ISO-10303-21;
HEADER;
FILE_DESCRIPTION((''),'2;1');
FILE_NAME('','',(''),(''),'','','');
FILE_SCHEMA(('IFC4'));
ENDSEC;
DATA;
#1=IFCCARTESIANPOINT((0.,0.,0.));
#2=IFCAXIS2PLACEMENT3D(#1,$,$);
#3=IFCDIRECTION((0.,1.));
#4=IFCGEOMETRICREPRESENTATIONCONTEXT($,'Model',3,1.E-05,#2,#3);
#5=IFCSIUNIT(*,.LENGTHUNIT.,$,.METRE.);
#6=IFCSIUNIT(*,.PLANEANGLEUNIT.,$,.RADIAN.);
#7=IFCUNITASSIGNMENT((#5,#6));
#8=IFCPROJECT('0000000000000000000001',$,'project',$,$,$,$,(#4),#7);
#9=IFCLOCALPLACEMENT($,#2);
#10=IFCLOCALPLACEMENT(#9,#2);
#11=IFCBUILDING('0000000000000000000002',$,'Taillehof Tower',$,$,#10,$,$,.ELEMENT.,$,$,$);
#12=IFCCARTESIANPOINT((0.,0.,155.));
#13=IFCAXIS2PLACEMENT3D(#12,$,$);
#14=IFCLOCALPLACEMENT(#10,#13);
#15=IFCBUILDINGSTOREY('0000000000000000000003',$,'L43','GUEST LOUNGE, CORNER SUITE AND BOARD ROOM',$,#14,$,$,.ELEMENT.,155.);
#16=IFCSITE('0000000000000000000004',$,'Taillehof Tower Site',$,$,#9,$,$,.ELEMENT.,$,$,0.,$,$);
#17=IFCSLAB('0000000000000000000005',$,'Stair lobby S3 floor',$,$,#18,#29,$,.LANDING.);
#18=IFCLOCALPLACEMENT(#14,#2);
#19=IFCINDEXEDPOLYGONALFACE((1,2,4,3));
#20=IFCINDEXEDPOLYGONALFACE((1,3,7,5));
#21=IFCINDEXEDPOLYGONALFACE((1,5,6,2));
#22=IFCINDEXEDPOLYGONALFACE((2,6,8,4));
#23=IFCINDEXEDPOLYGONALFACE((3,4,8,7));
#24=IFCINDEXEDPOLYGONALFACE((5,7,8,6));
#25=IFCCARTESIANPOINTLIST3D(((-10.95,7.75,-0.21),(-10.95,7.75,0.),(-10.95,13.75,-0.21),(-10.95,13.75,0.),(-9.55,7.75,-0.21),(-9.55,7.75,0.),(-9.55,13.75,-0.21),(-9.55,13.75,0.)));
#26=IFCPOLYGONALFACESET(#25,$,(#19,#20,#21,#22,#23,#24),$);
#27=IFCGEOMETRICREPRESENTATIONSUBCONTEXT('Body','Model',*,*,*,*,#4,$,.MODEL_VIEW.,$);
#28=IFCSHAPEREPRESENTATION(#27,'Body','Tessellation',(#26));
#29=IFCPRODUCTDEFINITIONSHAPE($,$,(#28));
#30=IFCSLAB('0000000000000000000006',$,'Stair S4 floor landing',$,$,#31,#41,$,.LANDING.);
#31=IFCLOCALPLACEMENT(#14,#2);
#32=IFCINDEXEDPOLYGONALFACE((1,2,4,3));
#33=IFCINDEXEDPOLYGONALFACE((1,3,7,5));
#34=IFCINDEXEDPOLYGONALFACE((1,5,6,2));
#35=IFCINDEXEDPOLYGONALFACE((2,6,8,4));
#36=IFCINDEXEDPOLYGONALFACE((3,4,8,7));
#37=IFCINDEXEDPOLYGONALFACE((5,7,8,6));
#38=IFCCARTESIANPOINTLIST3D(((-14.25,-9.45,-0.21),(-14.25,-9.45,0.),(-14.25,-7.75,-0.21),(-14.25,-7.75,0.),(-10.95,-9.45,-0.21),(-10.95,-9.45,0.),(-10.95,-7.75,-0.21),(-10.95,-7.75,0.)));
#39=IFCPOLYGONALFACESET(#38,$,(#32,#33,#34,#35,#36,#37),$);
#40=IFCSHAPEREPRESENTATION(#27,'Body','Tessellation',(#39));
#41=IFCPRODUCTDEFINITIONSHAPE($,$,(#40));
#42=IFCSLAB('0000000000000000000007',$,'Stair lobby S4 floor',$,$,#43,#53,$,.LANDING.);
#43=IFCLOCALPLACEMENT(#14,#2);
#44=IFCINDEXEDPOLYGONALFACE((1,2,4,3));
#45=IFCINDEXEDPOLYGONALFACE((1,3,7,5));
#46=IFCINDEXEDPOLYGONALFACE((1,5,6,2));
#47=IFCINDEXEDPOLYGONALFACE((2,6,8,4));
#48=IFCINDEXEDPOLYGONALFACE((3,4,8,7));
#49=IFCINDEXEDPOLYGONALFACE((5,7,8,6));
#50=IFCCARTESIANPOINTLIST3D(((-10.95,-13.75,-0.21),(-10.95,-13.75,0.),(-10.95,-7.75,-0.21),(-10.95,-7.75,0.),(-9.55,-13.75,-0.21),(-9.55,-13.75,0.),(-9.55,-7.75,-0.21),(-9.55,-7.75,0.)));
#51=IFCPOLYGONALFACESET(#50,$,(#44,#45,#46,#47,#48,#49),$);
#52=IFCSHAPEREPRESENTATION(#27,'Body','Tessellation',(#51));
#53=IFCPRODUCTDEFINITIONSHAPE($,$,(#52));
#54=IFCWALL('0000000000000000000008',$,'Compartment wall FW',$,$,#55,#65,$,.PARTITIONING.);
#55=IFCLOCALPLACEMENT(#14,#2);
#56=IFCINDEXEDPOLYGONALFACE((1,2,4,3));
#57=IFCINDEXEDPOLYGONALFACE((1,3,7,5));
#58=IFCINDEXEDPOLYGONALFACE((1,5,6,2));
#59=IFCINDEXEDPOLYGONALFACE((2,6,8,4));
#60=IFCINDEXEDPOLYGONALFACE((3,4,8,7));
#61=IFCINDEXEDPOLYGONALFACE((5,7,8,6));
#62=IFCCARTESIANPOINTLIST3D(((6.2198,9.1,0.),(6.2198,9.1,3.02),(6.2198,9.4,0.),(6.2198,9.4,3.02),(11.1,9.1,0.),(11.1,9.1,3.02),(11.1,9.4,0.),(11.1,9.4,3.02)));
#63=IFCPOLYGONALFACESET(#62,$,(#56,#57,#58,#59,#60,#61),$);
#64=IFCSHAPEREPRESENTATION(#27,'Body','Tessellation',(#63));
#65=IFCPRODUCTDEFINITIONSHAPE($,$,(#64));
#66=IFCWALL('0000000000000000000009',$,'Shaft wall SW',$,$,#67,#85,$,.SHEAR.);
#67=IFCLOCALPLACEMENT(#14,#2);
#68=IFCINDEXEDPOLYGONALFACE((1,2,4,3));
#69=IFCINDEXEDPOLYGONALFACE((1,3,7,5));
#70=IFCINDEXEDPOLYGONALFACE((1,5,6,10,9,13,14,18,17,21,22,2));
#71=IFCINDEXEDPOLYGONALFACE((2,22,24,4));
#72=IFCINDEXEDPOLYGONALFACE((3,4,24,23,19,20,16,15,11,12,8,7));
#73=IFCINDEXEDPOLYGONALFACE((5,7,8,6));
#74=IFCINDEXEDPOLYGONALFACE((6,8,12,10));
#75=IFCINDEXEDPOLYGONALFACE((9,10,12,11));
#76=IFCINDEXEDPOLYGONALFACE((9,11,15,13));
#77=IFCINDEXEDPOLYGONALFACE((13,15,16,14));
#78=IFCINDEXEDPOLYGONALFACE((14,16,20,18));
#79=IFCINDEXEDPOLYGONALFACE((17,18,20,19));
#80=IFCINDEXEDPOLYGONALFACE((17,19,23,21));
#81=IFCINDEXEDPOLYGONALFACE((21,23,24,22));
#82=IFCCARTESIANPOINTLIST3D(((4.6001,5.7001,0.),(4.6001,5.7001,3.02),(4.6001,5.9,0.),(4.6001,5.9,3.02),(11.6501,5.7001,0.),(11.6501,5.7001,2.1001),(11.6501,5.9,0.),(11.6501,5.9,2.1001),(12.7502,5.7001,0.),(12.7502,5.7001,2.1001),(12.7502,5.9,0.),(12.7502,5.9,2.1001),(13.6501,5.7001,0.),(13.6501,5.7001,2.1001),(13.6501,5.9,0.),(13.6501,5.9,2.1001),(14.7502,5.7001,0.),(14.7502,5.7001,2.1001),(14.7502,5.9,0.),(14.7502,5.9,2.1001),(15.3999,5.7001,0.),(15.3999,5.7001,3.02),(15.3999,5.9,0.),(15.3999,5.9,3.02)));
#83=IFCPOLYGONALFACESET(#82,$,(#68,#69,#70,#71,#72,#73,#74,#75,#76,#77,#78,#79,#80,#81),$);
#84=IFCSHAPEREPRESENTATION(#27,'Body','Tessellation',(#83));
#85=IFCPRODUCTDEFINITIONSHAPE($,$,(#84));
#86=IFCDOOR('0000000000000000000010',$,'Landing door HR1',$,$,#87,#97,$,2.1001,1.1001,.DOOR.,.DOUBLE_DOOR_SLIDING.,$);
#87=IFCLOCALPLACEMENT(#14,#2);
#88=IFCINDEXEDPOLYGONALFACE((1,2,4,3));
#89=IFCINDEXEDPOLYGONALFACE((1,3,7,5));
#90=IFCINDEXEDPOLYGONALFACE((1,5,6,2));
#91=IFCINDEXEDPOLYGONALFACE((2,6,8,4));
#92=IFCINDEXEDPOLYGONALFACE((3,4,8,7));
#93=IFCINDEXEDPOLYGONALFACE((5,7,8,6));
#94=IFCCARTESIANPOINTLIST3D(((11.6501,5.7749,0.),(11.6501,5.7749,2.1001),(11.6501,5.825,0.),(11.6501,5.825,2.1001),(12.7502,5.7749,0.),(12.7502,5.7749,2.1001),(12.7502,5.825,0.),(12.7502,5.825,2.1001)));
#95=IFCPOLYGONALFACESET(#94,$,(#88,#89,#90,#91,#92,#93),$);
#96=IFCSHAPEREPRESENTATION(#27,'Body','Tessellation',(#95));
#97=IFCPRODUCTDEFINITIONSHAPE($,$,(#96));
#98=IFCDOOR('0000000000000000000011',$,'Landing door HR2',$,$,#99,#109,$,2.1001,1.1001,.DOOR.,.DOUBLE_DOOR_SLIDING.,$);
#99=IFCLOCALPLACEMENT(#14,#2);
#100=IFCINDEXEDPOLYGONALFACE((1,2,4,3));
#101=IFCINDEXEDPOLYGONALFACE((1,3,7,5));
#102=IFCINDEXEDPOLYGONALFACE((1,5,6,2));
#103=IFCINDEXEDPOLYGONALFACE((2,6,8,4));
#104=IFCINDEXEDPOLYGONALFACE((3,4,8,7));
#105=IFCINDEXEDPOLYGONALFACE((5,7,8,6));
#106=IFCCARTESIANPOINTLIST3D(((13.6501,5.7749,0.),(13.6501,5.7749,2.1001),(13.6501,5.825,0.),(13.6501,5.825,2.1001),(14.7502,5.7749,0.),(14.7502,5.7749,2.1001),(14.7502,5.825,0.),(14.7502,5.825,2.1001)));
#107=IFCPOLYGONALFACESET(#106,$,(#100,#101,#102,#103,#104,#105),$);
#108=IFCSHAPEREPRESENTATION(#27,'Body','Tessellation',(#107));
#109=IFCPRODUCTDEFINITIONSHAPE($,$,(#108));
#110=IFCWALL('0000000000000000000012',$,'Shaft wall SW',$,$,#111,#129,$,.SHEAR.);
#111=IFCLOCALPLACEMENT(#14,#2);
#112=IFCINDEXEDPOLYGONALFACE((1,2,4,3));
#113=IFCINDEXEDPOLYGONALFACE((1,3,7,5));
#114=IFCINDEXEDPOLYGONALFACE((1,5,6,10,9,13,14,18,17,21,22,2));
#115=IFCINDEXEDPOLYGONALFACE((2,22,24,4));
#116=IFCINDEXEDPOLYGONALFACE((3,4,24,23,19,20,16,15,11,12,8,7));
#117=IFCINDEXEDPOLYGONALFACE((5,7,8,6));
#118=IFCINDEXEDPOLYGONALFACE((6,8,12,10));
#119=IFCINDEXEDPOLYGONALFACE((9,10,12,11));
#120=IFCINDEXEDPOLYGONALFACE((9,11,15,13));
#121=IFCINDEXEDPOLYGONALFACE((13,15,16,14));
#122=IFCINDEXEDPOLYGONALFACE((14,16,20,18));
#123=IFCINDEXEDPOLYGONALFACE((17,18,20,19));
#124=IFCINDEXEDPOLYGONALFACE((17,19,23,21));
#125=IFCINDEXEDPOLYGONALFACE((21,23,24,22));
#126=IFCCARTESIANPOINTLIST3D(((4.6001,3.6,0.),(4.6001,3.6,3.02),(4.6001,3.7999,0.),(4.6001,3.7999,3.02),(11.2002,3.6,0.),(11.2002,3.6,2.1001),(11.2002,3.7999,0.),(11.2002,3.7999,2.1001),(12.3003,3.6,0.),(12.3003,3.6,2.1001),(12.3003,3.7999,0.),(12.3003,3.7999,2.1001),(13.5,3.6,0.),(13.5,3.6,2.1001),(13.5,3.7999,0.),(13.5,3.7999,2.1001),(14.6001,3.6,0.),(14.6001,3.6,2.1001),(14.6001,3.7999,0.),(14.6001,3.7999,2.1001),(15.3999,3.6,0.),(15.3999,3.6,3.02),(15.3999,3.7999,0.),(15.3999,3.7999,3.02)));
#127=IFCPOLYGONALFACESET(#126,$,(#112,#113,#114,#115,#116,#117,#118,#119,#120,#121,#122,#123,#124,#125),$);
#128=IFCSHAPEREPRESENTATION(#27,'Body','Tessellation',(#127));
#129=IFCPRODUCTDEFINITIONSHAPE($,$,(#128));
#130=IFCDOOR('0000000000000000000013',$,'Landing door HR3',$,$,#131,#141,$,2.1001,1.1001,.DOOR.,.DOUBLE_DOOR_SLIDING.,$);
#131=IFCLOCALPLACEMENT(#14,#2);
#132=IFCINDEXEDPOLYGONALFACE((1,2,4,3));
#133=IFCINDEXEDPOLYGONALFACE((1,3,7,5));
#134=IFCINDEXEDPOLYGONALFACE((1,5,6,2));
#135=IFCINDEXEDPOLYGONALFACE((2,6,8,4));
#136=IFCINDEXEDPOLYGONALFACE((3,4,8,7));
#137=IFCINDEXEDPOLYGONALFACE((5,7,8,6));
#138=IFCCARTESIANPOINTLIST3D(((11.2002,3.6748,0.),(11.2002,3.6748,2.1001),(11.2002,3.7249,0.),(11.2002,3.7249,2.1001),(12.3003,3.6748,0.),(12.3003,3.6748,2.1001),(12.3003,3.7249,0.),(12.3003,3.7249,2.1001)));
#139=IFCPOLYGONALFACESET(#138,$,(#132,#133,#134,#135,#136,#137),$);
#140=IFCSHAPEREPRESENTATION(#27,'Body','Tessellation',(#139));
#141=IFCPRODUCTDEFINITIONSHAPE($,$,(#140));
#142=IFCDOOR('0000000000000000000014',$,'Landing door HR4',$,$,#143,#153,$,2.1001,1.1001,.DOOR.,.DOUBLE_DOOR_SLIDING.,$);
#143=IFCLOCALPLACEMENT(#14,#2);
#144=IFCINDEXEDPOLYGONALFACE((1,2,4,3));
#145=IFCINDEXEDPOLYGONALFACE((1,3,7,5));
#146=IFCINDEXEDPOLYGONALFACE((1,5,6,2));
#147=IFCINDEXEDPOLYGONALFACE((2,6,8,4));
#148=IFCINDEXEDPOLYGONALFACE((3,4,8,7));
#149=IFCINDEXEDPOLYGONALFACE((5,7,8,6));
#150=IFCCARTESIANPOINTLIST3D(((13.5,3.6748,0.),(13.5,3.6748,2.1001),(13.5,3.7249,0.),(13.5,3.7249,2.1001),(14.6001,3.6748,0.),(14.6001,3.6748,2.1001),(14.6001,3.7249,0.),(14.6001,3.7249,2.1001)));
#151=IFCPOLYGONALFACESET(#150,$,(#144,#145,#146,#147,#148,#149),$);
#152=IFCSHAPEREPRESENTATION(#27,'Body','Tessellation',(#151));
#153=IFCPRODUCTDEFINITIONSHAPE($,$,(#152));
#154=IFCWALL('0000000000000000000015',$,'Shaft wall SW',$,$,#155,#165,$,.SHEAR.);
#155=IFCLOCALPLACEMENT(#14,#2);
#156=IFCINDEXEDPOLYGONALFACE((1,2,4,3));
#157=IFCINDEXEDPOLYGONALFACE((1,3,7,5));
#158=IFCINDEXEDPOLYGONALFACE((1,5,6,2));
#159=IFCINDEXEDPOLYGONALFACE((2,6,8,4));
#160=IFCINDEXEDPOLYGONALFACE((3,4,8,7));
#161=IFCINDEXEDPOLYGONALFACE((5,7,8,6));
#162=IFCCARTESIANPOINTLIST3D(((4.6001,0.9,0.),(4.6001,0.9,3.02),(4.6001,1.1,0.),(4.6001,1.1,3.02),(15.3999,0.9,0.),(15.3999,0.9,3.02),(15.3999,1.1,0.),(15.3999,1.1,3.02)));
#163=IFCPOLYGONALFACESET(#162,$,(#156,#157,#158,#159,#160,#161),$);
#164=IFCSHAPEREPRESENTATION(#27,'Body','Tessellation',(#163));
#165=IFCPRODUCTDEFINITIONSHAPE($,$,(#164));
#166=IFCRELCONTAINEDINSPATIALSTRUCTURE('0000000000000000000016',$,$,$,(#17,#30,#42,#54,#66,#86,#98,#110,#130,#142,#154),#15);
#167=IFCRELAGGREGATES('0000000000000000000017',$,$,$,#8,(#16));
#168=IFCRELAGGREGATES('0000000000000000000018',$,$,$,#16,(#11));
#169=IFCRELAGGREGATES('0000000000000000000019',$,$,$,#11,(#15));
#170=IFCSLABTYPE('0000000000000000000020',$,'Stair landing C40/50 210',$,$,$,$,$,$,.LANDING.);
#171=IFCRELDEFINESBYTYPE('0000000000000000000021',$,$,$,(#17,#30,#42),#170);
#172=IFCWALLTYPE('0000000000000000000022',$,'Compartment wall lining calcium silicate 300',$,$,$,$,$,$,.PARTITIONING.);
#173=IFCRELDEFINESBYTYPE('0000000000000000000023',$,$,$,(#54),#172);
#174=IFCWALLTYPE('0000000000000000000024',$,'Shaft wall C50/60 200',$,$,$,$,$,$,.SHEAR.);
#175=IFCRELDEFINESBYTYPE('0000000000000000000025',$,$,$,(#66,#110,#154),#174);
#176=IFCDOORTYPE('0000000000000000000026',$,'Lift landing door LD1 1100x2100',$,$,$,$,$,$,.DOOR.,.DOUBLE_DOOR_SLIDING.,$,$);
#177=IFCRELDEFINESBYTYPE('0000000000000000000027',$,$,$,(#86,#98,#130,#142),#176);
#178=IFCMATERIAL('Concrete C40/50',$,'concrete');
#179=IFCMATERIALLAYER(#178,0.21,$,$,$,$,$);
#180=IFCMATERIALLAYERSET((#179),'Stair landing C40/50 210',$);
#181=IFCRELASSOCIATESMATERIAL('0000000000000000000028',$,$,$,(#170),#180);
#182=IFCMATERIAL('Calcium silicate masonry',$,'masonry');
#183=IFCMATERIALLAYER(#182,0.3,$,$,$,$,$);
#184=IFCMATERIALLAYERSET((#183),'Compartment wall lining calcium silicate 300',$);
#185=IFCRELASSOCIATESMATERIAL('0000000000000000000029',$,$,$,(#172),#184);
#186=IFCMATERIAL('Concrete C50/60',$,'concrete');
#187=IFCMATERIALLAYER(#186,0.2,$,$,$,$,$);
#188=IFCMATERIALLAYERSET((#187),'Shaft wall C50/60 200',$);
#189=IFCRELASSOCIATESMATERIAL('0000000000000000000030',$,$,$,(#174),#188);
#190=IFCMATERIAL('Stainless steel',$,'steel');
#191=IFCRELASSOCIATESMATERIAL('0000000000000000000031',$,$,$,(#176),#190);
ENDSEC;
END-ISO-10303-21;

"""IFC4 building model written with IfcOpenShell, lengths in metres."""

from ifc_helpers import new_model, si_unit, direction, frame, frame_2d, origin, place, context, subcontext, project, spatial, polyline, rectangle, outline, extrude, material, layer, layer_set, type_object, element, fill, save


model = new_model("IFC4")

# Units and contexts
model_context = context("Model", 3, precision=1e-05, world=origin(), true_north=direction((0.0, 1.0)))
body_context = subcontext(model_context, "Body", "Model", "MODEL_VIEW")
ifc_project = project(units=[si_unit("LENGTHUNIT", "METRE"), si_unit("PLANEANGLEUNIT", "RADIAN")], contexts=[model_context])

# Site, building, storey
site_placement = place(None, origin())
site = spatial("IfcSite", under=ifc_project, at=site_placement, Name="Taillehof Tower Site", CompositionType="ELEMENT", RefElevation=0.0)
building_placement = place(site_placement, origin())
building = spatial("IfcBuilding", under=site, at=building_placement, Name="Taillehof Tower", CompositionType="ELEMENT")
storey_placement = place(building_placement, frame((0.0, 0.0, 155.0)))
storey = spatial("IfcBuildingStorey", under=building, at=storey_placement, Name="L43", Description="GUEST LOUNGE, CORNER SUITE AND BOARD ROOM", CompositionType="ELEMENT", Elevation=155.0)

# Shared definitions
ifc_material_1 = material(Name="Concrete C40/50", Category="concrete")
ifc_layer_1 = layer(ifc_material_1, 0.21)
ifc_layer_set_1 = layer_set([ifc_layer_1], Name="Stair landing C40/50 210")
slab_type_1 = type_object("IfcSlabType", Name="Stair landing C40/50 210", PredefinedType="LANDING", material=ifc_layer_set_1)

# Slabs
slab_1_placement = place(storey_placement, frame((0.0, 0.0, -0.21)))
element("IfcSlab", 1, at=slab_1_placement, inside=storey, type_object=slab_type_1, Name="Stair lobby S3 floor", PredefinedType="LANDING", context=body_context, shape_type="SweptSolid", body=[
    extrude(outline(polyline([(-10.95, 7.75), (-9.55, 7.75), (-9.55, 13.75), (-10.95, 13.75), (-10.95, 7.75)])), origin(), (0.0, 0.0, 1.0), 0.21),
])
slab_2_placement = place(storey_placement, frame((0.0, 0.0, -0.21)))
element("IfcSlab", 2, at=slab_2_placement, inside=storey, type_object=slab_type_1, Name="Stair S4 floor landing", PredefinedType="LANDING", context=body_context, shape_type="SweptSolid", body=[
    extrude(outline(polyline([(-14.25, -7.75), (-14.25, -9.45), (-10.95, -9.45), (-10.95, -7.75), (-14.25, -7.75)])), origin(), (0.0, 0.0, 1.0), 0.21),
])
slab_3_placement = place(storey_placement, frame((0.0, 0.0, -0.21)))
element("IfcSlab", 3, at=slab_3_placement, inside=storey, type_object=slab_type_1, Name="Stair lobby S4 floor", PredefinedType="LANDING", context=body_context, shape_type="SweptSolid", body=[
    extrude(outline(polyline([(-10.95, -13.75), (-9.55, -13.75), (-9.55, -7.75), (-10.95, -7.75), (-10.95, -13.75)])), origin(), (0.0, 0.0, 1.0), 0.21),
])

# Wall
ifc_material_2 = material(Name="Calcium silicate masonry", Category="masonry")
ifc_layer_2 = layer(ifc_material_2, 0.3)
ifc_layer_set_2 = layer_set([ifc_layer_2], Name="Compartment wall lining calcium silicate 300")
wall_type_1 = type_object("IfcWallType", Name="Compartment wall lining calcium silicate 300", PredefinedType="PARTITIONING", material=ifc_layer_set_2)
wall_1_placement = place(storey_placement, frame((6.22, 9.25, 0.0), z_axis=(0.0, 0.0, 1.0), x_axis=(1.0, 0.0, 0.0)))
element("IfcWall", 4, at=wall_1_placement, inside=storey, type_object=wall_type_1, Name="Compartment wall FW", PredefinedType="PARTITIONING", context=body_context, shape_type="SweptSolid", body=[
    extrude(rectangle(XDim=4.8801, YDim=0.3, at=frame_2d((2.4399, 0.0))), origin(), (0.0, 0.0, 1.0), 3.02),
])

# Walls, openings, doors
ifc_material_3 = material(Name="Concrete C50/60", Category="concrete")
ifc_layer_3 = layer(ifc_material_3, 0.2)
ifc_layer_set_3 = layer_set([ifc_layer_3], Name="Shaft wall C50/60 200")
wall_type_2 = type_object("IfcWallType", Name="Shaft wall C50/60 200", PredefinedType="SHEAR", material=ifc_layer_set_3)
wall_2_placement = place(storey_placement, frame((4.6001, 5.8, 0.0), z_axis=(0.0, 0.0, 1.0), x_axis=(1.0, 0.0, 0.0)))
wall_2 = element("IfcWall", 5, at=wall_2_placement, inside=storey, type_object=wall_type_2, Name="Shaft wall SW", PredefinedType="SHEAR", context=body_context, shape_type="SweptSolid", body=[
    extrude(rectangle(XDim=10.7998, YDim=0.2, at=frame_2d((5.3999, 0.0))), origin(), (0.0, 0.0, 1.0), 3.02),
])
opening_1_placement = place(wall_2_placement, frame((7.05, 0.0, 0.0)))
opening_1 = element("IfcOpeningElement", 6, at=opening_1_placement, cuts=wall_2, PredefinedType="OPENING", context=body_context, shape_type="SweptSolid", body=[
    extrude(rectangle(XDim=1.1001, YDim=2.1001, at=frame_2d((0.55, 1.05))), frame((0.0, 0.1099, 0.0), z_axis=(0.0, -1.0, 0.0), x_axis=(1.0, 0.0, 0.0)), (0.0, 0.0, 1.0), 0.22),
])
opening_2_placement = place(wall_2_placement, frame((9.05, 0.0, 0.0)))
opening_2 = element("IfcOpeningElement", 7, at=opening_2_placement, cuts=wall_2, PredefinedType="OPENING", context=body_context, shape_type="SweptSolid", body=[
    extrude(rectangle(XDim=1.1001, YDim=2.1001, at=frame_2d((0.55, 1.05))), frame((0.0, 0.1099, 0.0), z_axis=(0.0, -1.0, 0.0), x_axis=(1.0, 0.0, 0.0)), (0.0, 0.0, 1.0), 0.22),
])
ifc_material_4 = material(Name="Stainless steel", Category="steel")
door_type_1 = type_object("IfcDoorType", Name="Lift landing door LD1 1100x2100", OperationType="DOUBLE_DOOR_SLIDING", PredefinedType="DOOR", material=ifc_material_4)
door_1_placement = place(opening_1_placement, origin())
door_1 = element("IfcDoor", 8, at=door_1_placement, inside=storey, type_object=door_type_1, Name="Landing door HR1", OperationType="DOUBLE_DOOR_SLIDING", OverallHeight=2.1001, OverallWidth=1.1001, PredefinedType="DOOR", context=body_context, shape_type="SweptSolid", body=[
    extrude(rectangle(XDim=1.1001, YDim=2.1001, at=frame_2d((0.55, 1.05))), frame((0.0, 0.0249, 0.0), z_axis=(0.0, -1.0, 0.0), x_axis=(1.0, 0.0, 0.0)), (0.0, 0.0, 1.0), 0.05),
])
fill(opening_1, door_1)
door_2_placement = place(opening_2_placement, origin())
door_2 = element("IfcDoor", 9, at=door_2_placement, inside=storey, type_object=door_type_1, Name="Landing door HR2", OperationType="DOUBLE_DOOR_SLIDING", OverallHeight=2.1001, OverallWidth=1.1001, PredefinedType="DOOR", context=body_context, shape_type="SweptSolid", body=[
    extrude(rectangle(XDim=1.1001, YDim=2.1001, at=frame_2d((0.55, 1.05))), frame((0.0, 0.0249, 0.0), z_axis=(0.0, -1.0, 0.0), x_axis=(1.0, 0.0, 0.0)), (0.0, 0.0, 1.0), 0.05),
])
fill(opening_2, door_2)
wall_3_placement = place(storey_placement, frame((4.6001, 3.7, 0.0), z_axis=(0.0, 0.0, 1.0), x_axis=(1.0, 0.0, 0.0)))
wall_3 = element("IfcWall", 10, at=wall_3_placement, inside=storey, type_object=wall_type_2, Name="Shaft wall SW", PredefinedType="SHEAR", context=body_context, shape_type="SweptSolid", body=[
    extrude(rectangle(XDim=10.7998, YDim=0.2, at=frame_2d((5.3999, 0.0))), origin(), (0.0, 0.0, 1.0), 3.02),
])
opening_3_placement = place(wall_3_placement, frame((6.6001, 0.0, 0.0)))
opening_3 = element("IfcOpeningElement", 11, at=opening_3_placement, cuts=wall_3, PredefinedType="OPENING", context=body_context, shape_type="SweptSolid", body=[
    extrude(rectangle(XDim=1.1001, YDim=2.1001, at=frame_2d((0.55, 1.05))), frame((0.0, 0.1099, 0.0), z_axis=(0.0, -1.0, 0.0), x_axis=(1.0, 0.0, 0.0)), (0.0, 0.0, 1.0), 0.22),
])
opening_4_placement = place(wall_3_placement, frame((8.8999, 0.0, 0.0)))
opening_4 = element("IfcOpeningElement", 12, at=opening_4_placement, cuts=wall_3, PredefinedType="OPENING", context=body_context, shape_type="SweptSolid", body=[
    extrude(rectangle(XDim=1.1001, YDim=2.1001, at=frame_2d((0.55, 1.05))), frame((0.0, 0.1099, 0.0), z_axis=(0.0, -1.0, 0.0), x_axis=(1.0, 0.0, 0.0)), (0.0, 0.0, 1.0), 0.22),
])
door_3_placement = place(opening_3_placement, origin())
door_3 = element("IfcDoor", 13, at=door_3_placement, inside=storey, type_object=door_type_1, Name="Landing door HR3", OperationType="DOUBLE_DOOR_SLIDING", OverallHeight=2.1001, OverallWidth=1.1001, PredefinedType="DOOR", context=body_context, shape_type="SweptSolid", body=[
    extrude(rectangle(XDim=1.1001, YDim=2.1001, at=frame_2d((0.55, 1.05))), frame((0.0, 0.0249, 0.0), z_axis=(0.0, -1.0, 0.0), x_axis=(1.0, 0.0, 0.0)), (0.0, 0.0, 1.0), 0.05),
])
fill(opening_3, door_3)
door_4_placement = place(opening_4_placement, origin())
door_4 = element("IfcDoor", 14, at=door_4_placement, inside=storey, type_object=door_type_1, Name="Landing door HR4", OperationType="DOUBLE_DOOR_SLIDING", OverallHeight=2.1001, OverallWidth=1.1001, PredefinedType="DOOR", context=body_context, shape_type="SweptSolid", body=[
    extrude(rectangle(XDim=1.1001, YDim=2.1001, at=frame_2d((0.55, 1.05))), frame((0.0, 0.0249, 0.0), z_axis=(0.0, -1.0, 0.0), x_axis=(1.0, 0.0, 0.0)), (0.0, 0.0, 1.0), 0.05),
])
fill(opening_4, door_4)

# Wall
wall_4_placement = place(storey_placement, frame((4.6001, 1.0, 0.0), z_axis=(0.0, 0.0, 1.0), x_axis=(1.0, 0.0, 0.0)))
element("IfcWall", 15, at=wall_4_placement, inside=storey, type_object=wall_type_2, Name="Shaft wall SW", PredefinedType="SHEAR", context=body_context, shape_type="SweptSolid", body=[
    extrude(rectangle(XDim=10.7998, YDim=0.2, at=frame_2d((5.3999, 0.0))), origin(), (0.0, 0.0, 1.0), 3.02),
])

save(model, "model.ifc")
